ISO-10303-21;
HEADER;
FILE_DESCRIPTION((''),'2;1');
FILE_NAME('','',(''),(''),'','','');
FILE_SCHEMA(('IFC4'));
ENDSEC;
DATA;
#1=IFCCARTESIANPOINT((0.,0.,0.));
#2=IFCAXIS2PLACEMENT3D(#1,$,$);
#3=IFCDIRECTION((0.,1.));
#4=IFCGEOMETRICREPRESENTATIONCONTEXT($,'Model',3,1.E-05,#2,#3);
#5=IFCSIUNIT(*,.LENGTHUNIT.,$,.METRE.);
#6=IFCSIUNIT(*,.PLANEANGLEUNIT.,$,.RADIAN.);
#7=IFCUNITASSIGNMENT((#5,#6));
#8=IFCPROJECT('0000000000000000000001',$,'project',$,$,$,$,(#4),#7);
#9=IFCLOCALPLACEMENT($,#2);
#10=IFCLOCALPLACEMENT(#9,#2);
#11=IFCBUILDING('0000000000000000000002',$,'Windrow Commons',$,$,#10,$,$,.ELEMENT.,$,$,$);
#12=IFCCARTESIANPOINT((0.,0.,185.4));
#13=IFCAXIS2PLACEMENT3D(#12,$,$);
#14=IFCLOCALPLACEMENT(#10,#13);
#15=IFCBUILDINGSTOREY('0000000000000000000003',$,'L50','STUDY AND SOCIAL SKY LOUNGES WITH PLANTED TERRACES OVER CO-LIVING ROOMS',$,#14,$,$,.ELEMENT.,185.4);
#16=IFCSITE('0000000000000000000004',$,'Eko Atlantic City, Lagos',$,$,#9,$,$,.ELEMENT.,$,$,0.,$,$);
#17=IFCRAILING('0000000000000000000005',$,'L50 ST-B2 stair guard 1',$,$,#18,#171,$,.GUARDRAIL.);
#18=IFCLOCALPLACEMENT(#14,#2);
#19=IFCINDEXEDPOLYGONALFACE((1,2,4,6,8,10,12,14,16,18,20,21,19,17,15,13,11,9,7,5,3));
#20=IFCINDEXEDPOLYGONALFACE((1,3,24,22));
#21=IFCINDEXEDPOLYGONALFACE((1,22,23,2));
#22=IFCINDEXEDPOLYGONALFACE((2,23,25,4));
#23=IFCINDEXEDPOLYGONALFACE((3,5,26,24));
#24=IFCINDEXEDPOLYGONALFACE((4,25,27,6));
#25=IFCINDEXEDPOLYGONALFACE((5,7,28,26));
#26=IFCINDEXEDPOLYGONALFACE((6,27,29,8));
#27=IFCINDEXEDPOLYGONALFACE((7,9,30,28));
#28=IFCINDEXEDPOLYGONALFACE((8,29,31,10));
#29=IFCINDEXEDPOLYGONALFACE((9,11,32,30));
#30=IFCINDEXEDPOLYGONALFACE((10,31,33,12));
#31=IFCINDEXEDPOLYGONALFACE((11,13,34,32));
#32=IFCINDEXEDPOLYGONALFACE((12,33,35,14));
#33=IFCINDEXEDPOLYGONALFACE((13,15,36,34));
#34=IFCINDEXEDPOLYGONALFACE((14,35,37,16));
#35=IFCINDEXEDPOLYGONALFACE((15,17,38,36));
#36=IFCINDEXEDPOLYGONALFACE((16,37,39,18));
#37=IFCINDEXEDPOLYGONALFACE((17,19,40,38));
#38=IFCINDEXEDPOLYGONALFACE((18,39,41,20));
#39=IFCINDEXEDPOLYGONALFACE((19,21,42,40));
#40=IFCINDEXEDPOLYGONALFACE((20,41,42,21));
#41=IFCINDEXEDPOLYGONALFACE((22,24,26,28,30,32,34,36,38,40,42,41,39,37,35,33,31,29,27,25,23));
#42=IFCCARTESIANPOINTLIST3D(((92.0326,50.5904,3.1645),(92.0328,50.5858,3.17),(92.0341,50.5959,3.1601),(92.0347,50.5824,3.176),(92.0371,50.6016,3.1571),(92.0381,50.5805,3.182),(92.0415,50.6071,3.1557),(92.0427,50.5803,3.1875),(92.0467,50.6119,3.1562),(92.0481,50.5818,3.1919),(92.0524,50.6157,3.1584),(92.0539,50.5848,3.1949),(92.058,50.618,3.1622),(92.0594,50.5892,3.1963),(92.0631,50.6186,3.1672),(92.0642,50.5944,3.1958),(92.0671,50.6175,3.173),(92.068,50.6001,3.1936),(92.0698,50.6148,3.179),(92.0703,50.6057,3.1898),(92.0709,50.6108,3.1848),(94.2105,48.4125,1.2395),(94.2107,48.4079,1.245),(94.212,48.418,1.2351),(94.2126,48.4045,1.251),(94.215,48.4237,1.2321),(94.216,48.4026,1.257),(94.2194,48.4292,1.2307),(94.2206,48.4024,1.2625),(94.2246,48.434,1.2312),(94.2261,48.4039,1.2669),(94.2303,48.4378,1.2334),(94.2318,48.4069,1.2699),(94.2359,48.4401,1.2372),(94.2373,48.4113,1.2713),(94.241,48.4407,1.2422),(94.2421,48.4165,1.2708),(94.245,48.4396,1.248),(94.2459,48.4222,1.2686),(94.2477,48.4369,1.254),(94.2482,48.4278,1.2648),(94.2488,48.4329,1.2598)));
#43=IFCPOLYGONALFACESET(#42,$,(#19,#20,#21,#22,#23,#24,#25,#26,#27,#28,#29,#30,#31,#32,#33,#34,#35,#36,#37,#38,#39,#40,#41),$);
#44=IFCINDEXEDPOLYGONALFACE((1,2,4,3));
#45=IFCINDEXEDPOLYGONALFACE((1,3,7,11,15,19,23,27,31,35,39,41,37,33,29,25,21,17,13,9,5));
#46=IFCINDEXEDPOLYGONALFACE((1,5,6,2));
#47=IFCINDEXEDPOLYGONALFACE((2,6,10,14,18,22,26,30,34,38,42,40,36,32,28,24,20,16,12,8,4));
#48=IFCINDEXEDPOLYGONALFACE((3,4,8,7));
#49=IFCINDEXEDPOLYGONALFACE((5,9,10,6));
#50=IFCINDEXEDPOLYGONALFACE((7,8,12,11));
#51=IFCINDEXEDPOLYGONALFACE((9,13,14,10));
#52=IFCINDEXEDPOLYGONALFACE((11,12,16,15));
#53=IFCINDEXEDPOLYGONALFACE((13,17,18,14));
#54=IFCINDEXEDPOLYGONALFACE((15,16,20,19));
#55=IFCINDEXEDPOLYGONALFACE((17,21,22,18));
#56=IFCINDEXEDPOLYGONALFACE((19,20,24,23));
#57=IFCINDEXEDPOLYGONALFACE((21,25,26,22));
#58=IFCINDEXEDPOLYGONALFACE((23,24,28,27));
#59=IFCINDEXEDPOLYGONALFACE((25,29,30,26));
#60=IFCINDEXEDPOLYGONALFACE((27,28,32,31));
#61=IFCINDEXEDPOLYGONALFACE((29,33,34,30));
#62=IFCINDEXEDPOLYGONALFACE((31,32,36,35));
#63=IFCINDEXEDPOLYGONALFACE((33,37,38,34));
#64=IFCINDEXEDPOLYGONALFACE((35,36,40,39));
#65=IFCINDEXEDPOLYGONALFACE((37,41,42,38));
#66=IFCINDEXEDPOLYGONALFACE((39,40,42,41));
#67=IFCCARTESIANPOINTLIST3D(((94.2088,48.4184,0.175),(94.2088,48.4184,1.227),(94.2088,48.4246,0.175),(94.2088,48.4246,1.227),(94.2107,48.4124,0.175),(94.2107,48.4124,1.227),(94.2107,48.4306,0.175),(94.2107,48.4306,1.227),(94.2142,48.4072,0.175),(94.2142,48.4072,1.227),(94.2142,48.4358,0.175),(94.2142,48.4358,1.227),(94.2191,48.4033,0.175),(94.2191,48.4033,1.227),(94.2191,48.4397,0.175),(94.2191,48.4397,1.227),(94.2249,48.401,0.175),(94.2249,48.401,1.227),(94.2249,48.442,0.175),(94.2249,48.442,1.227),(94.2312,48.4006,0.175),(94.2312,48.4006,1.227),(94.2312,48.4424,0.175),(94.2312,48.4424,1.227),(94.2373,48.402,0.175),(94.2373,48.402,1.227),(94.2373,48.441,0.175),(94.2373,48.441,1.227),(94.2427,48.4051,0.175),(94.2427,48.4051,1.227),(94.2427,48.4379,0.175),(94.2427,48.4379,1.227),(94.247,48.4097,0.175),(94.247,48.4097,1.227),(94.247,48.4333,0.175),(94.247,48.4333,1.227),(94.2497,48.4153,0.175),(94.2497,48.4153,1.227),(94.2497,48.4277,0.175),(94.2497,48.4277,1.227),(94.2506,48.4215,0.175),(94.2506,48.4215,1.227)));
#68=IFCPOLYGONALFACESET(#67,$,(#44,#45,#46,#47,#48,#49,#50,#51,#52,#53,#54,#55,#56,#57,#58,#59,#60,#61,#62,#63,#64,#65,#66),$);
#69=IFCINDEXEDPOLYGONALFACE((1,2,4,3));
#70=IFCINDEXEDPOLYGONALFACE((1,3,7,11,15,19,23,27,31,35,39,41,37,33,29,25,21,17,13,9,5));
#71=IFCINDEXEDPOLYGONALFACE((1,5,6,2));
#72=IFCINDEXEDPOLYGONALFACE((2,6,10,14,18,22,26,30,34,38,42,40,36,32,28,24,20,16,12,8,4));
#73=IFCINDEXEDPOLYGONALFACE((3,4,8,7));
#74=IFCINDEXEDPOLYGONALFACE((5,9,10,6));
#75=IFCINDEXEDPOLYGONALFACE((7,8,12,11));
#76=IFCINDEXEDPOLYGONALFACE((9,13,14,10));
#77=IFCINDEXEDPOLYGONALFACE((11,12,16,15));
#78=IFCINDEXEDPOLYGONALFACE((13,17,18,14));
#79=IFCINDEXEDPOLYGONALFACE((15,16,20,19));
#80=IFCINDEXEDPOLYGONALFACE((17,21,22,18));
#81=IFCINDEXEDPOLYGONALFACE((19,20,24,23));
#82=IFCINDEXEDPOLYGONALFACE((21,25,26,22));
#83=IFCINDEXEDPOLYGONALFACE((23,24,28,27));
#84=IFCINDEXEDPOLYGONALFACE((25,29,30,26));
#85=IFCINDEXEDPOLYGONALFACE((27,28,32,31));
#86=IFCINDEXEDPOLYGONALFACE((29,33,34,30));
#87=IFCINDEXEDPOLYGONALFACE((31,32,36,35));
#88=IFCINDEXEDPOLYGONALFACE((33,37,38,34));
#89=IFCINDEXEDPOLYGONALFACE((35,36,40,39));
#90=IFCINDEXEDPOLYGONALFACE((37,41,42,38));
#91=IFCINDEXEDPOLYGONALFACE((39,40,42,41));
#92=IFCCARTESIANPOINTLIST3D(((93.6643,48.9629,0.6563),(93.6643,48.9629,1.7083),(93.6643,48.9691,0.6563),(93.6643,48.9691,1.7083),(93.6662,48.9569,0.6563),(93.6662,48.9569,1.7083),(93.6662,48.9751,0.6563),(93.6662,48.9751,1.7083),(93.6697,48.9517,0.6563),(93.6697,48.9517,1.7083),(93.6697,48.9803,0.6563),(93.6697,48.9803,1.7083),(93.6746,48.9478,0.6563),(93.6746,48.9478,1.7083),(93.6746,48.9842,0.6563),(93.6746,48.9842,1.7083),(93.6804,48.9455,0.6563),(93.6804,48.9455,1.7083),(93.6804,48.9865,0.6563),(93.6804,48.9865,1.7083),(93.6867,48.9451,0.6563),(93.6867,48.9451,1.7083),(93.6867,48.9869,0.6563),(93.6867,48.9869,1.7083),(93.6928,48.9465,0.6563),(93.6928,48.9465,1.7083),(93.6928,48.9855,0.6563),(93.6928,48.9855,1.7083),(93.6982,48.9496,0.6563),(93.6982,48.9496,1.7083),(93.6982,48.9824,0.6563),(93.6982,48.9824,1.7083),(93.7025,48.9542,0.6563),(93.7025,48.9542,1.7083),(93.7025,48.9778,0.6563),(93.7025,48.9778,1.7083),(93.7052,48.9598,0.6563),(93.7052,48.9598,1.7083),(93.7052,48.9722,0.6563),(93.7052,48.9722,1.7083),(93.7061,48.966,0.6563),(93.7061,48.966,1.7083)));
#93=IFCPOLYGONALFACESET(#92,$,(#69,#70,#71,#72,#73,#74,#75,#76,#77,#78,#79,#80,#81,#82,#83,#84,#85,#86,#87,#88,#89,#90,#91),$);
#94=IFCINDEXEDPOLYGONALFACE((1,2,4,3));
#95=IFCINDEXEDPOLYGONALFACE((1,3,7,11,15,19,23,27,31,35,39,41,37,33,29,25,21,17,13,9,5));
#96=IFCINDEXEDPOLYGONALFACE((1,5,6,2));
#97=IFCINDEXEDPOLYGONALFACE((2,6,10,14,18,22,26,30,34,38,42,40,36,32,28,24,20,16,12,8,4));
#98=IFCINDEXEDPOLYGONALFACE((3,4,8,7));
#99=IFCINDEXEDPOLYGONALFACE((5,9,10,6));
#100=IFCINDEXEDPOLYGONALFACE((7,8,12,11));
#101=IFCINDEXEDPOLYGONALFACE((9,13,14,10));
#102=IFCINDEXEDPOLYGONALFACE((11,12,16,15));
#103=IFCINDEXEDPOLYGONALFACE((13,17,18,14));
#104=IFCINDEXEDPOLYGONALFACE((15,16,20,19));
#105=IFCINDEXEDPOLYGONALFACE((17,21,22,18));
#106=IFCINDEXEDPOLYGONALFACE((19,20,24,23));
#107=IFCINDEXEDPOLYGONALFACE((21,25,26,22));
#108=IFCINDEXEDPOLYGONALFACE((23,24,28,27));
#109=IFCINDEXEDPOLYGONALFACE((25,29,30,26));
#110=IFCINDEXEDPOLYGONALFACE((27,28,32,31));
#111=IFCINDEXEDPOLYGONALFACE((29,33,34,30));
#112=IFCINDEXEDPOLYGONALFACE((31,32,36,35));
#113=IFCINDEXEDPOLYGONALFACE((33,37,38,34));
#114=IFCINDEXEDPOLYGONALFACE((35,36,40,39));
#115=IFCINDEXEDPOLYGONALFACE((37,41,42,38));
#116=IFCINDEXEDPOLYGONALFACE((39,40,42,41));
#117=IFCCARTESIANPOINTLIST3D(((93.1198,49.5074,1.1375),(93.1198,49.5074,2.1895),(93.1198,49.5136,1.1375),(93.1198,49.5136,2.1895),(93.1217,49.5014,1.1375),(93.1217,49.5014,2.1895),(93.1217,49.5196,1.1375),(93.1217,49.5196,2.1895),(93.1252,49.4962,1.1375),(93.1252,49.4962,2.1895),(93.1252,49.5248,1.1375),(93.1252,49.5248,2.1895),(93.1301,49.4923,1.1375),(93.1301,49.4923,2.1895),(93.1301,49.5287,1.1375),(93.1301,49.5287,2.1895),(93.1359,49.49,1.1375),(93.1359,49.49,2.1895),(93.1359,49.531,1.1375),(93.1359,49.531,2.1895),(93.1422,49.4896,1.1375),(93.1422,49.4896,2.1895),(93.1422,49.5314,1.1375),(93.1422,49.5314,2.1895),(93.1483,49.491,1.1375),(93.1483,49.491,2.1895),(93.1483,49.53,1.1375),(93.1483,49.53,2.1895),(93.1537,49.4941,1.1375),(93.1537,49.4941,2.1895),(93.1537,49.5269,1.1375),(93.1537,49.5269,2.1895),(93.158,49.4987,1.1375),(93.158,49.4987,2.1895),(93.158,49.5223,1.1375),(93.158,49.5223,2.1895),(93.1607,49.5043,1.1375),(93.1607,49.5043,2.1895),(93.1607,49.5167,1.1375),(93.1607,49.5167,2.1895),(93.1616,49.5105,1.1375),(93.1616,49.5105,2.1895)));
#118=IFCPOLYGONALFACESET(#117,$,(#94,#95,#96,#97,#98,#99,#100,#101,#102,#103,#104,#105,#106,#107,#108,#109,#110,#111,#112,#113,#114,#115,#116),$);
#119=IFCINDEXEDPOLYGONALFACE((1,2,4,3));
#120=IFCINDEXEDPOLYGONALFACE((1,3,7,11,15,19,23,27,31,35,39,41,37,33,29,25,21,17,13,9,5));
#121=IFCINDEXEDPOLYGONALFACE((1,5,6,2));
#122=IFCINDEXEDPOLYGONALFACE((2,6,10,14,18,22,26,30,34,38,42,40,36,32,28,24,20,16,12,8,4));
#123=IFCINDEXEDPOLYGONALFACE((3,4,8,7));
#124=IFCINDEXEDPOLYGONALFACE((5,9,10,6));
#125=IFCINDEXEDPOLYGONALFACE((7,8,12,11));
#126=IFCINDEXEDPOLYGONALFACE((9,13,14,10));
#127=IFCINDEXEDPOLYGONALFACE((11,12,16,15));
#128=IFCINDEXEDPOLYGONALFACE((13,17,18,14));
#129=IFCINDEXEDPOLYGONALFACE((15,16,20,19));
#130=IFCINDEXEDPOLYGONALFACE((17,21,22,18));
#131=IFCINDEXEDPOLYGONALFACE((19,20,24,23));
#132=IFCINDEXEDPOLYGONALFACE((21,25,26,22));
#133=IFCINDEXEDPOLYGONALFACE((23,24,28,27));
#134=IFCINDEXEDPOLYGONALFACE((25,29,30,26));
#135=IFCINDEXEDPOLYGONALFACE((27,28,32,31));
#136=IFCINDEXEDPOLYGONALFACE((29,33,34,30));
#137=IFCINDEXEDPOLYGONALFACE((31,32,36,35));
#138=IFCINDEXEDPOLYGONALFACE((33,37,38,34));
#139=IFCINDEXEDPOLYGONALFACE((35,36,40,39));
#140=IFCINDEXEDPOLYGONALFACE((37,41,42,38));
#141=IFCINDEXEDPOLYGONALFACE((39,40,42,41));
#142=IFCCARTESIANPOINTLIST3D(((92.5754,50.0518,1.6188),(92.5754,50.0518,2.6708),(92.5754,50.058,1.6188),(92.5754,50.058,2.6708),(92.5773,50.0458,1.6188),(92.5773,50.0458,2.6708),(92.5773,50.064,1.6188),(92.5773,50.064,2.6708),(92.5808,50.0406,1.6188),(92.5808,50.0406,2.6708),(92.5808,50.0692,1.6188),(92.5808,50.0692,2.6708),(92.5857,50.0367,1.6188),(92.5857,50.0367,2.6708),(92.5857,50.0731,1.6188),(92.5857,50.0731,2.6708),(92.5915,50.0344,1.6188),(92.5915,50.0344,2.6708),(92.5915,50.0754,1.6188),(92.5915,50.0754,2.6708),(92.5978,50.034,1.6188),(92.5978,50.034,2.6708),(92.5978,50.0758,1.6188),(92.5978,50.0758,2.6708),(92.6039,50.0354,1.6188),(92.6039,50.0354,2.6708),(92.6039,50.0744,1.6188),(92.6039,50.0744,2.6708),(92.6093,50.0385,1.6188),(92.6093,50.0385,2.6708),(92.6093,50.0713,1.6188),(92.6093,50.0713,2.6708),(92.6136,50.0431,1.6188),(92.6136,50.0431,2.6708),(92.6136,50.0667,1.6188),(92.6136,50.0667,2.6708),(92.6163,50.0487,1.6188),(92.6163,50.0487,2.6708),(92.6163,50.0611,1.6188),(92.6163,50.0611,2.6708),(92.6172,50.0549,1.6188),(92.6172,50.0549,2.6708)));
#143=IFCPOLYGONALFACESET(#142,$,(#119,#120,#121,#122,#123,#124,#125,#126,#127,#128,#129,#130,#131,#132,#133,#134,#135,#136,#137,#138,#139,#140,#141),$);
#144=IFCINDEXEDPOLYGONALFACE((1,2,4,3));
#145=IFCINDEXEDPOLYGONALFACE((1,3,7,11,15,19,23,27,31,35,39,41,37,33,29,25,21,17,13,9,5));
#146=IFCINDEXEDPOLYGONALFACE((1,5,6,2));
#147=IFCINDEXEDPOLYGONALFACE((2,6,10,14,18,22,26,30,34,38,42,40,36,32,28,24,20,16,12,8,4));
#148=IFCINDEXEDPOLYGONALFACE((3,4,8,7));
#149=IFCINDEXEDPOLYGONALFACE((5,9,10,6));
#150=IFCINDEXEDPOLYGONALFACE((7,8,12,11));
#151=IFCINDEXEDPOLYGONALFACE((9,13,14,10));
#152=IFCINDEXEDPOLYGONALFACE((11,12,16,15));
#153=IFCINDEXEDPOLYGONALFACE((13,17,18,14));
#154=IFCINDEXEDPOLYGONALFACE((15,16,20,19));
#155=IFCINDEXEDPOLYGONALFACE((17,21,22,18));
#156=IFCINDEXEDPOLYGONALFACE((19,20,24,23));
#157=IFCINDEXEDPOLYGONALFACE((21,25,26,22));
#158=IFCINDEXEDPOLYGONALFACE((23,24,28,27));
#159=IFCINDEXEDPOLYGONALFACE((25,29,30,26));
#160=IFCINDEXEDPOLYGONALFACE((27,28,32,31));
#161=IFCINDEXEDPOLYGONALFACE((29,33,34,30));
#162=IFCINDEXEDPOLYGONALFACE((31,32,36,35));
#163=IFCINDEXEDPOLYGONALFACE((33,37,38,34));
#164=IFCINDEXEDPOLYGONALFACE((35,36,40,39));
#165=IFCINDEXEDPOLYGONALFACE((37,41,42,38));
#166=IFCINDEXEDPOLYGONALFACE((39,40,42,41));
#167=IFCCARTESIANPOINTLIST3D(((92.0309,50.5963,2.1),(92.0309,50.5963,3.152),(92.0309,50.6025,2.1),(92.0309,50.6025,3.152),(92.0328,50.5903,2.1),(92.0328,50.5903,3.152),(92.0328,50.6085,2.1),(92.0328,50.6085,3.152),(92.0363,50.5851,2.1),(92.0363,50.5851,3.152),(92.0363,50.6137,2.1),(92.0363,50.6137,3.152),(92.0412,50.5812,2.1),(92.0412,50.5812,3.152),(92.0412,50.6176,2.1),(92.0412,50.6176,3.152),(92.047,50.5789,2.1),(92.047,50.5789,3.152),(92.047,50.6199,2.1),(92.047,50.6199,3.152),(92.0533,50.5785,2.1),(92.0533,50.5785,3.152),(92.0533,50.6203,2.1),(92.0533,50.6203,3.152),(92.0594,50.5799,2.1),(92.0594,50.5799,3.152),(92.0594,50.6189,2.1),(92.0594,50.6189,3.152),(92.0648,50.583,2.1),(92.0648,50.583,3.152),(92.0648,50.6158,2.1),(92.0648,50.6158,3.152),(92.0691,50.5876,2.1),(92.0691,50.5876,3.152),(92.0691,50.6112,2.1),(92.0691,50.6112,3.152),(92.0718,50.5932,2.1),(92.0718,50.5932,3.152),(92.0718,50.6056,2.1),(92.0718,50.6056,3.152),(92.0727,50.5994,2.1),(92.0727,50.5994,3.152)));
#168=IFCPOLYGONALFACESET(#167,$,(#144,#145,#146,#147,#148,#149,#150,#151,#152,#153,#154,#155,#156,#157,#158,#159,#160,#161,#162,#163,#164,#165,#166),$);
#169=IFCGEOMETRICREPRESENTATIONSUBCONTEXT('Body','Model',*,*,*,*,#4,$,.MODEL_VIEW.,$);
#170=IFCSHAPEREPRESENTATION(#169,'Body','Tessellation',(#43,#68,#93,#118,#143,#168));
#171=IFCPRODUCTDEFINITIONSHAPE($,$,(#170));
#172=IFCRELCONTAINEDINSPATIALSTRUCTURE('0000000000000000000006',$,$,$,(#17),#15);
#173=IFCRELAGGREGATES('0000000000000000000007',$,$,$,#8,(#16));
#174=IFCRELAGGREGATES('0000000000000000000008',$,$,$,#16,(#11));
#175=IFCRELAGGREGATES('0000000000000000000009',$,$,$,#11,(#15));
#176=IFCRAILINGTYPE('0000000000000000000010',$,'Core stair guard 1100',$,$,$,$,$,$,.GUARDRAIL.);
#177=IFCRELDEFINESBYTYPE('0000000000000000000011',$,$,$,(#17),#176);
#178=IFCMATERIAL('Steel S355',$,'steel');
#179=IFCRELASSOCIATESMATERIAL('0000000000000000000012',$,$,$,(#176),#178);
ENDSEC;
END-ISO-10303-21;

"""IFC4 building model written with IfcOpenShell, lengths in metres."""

from ifc_helpers import new_model, si_unit, direction, frame, origin, origin_2d, place, context, subcontext, project, spatial, circle, extrude, material, type_object, element, save


model = new_model("IFC4")

# Units and contexts
model_context = context("Model", 3, precision=1e-05, world=origin(), true_north=direction((0.0, 1.0)))
body_context = subcontext(model_context, "Body", "Model", "MODEL_VIEW")
ifc_project = project(units=[si_unit("LENGTHUNIT", "METRE"), si_unit("PLANEANGLEUNIT", "RADIAN")], contexts=[model_context])

# Site, building, storey
site_placement = place(None, origin())
site = spatial("IfcSite", under=ifc_project, at=site_placement, Name="Eko Atlantic City, Lagos", CompositionType="ELEMENT", RefElevation=0.0)
building_placement = place(site_placement, origin())
building = spatial("IfcBuilding", under=site, at=building_placement, Name="Windrow Commons", CompositionType="ELEMENT")
storey_placement = place(building_placement, frame((0.0, 0.0, 185.4)))
storey = spatial("IfcBuildingStorey", under=building, at=storey_placement, Name="L50", Description="STUDY AND SOCIAL SKY LOUNGES WITH PLANTED TERRACES OVER CO-LIVING ROOMS", CompositionType="ELEMENT", Elevation=185.4)

# Railing
ifc_material_1 = material(Name="Steel S355", Category="steel")
railing_type_1 = type_object("IfcRailingType", Name="Core stair guard 1100", PredefinedType="GUARDRAIL", material=ifc_material_1)
railing_1_placement = place(storey_placement, frame((94.2296, 48.4215, 0.175)))
element("IfcRailing", 1, at=railing_1_placement, inside=storey, type_object=railing_type_1, Name="L50 ST-B2 stair guard 1", PredefinedType="GUARDRAIL", context=body_context, shape_type="SweptSolid", body=[
    extrude(circle(Radius=0.024, at=origin_2d()), frame((0.0, 0.0, 1.076), z_axis=(-0.599626, 0.599626, 0.529997), x_axis=(-0.707107, -0.707107, 0.0)), (0.0, 0.0, 1.0), 3.6321),
    extrude(circle(Radius=0.021, at=origin_2d()), origin(), (0.0, 0.0, 1.0), 1.052),
    extrude(circle(Radius=0.021, at=origin_2d()), frame((-0.5445, 0.5445, 0.4813)), (0.0, 0.0, 1.0), 1.052),
    extrude(circle(Radius=0.021, at=origin_2d()), frame((-1.089, 1.089, 0.9625)), (0.0, 0.0, 1.0), 1.052),
    extrude(circle(Radius=0.021, at=origin_2d()), frame((-1.6334, 1.6334, 1.4438)), (0.0, 0.0, 1.0), 1.052),
    extrude(circle(Radius=0.021, at=origin_2d()), frame((-2.1779, 2.1779, 1.925)), (0.0, 0.0, 1.0), 1.052),
])

save(model, "model.ifc")
